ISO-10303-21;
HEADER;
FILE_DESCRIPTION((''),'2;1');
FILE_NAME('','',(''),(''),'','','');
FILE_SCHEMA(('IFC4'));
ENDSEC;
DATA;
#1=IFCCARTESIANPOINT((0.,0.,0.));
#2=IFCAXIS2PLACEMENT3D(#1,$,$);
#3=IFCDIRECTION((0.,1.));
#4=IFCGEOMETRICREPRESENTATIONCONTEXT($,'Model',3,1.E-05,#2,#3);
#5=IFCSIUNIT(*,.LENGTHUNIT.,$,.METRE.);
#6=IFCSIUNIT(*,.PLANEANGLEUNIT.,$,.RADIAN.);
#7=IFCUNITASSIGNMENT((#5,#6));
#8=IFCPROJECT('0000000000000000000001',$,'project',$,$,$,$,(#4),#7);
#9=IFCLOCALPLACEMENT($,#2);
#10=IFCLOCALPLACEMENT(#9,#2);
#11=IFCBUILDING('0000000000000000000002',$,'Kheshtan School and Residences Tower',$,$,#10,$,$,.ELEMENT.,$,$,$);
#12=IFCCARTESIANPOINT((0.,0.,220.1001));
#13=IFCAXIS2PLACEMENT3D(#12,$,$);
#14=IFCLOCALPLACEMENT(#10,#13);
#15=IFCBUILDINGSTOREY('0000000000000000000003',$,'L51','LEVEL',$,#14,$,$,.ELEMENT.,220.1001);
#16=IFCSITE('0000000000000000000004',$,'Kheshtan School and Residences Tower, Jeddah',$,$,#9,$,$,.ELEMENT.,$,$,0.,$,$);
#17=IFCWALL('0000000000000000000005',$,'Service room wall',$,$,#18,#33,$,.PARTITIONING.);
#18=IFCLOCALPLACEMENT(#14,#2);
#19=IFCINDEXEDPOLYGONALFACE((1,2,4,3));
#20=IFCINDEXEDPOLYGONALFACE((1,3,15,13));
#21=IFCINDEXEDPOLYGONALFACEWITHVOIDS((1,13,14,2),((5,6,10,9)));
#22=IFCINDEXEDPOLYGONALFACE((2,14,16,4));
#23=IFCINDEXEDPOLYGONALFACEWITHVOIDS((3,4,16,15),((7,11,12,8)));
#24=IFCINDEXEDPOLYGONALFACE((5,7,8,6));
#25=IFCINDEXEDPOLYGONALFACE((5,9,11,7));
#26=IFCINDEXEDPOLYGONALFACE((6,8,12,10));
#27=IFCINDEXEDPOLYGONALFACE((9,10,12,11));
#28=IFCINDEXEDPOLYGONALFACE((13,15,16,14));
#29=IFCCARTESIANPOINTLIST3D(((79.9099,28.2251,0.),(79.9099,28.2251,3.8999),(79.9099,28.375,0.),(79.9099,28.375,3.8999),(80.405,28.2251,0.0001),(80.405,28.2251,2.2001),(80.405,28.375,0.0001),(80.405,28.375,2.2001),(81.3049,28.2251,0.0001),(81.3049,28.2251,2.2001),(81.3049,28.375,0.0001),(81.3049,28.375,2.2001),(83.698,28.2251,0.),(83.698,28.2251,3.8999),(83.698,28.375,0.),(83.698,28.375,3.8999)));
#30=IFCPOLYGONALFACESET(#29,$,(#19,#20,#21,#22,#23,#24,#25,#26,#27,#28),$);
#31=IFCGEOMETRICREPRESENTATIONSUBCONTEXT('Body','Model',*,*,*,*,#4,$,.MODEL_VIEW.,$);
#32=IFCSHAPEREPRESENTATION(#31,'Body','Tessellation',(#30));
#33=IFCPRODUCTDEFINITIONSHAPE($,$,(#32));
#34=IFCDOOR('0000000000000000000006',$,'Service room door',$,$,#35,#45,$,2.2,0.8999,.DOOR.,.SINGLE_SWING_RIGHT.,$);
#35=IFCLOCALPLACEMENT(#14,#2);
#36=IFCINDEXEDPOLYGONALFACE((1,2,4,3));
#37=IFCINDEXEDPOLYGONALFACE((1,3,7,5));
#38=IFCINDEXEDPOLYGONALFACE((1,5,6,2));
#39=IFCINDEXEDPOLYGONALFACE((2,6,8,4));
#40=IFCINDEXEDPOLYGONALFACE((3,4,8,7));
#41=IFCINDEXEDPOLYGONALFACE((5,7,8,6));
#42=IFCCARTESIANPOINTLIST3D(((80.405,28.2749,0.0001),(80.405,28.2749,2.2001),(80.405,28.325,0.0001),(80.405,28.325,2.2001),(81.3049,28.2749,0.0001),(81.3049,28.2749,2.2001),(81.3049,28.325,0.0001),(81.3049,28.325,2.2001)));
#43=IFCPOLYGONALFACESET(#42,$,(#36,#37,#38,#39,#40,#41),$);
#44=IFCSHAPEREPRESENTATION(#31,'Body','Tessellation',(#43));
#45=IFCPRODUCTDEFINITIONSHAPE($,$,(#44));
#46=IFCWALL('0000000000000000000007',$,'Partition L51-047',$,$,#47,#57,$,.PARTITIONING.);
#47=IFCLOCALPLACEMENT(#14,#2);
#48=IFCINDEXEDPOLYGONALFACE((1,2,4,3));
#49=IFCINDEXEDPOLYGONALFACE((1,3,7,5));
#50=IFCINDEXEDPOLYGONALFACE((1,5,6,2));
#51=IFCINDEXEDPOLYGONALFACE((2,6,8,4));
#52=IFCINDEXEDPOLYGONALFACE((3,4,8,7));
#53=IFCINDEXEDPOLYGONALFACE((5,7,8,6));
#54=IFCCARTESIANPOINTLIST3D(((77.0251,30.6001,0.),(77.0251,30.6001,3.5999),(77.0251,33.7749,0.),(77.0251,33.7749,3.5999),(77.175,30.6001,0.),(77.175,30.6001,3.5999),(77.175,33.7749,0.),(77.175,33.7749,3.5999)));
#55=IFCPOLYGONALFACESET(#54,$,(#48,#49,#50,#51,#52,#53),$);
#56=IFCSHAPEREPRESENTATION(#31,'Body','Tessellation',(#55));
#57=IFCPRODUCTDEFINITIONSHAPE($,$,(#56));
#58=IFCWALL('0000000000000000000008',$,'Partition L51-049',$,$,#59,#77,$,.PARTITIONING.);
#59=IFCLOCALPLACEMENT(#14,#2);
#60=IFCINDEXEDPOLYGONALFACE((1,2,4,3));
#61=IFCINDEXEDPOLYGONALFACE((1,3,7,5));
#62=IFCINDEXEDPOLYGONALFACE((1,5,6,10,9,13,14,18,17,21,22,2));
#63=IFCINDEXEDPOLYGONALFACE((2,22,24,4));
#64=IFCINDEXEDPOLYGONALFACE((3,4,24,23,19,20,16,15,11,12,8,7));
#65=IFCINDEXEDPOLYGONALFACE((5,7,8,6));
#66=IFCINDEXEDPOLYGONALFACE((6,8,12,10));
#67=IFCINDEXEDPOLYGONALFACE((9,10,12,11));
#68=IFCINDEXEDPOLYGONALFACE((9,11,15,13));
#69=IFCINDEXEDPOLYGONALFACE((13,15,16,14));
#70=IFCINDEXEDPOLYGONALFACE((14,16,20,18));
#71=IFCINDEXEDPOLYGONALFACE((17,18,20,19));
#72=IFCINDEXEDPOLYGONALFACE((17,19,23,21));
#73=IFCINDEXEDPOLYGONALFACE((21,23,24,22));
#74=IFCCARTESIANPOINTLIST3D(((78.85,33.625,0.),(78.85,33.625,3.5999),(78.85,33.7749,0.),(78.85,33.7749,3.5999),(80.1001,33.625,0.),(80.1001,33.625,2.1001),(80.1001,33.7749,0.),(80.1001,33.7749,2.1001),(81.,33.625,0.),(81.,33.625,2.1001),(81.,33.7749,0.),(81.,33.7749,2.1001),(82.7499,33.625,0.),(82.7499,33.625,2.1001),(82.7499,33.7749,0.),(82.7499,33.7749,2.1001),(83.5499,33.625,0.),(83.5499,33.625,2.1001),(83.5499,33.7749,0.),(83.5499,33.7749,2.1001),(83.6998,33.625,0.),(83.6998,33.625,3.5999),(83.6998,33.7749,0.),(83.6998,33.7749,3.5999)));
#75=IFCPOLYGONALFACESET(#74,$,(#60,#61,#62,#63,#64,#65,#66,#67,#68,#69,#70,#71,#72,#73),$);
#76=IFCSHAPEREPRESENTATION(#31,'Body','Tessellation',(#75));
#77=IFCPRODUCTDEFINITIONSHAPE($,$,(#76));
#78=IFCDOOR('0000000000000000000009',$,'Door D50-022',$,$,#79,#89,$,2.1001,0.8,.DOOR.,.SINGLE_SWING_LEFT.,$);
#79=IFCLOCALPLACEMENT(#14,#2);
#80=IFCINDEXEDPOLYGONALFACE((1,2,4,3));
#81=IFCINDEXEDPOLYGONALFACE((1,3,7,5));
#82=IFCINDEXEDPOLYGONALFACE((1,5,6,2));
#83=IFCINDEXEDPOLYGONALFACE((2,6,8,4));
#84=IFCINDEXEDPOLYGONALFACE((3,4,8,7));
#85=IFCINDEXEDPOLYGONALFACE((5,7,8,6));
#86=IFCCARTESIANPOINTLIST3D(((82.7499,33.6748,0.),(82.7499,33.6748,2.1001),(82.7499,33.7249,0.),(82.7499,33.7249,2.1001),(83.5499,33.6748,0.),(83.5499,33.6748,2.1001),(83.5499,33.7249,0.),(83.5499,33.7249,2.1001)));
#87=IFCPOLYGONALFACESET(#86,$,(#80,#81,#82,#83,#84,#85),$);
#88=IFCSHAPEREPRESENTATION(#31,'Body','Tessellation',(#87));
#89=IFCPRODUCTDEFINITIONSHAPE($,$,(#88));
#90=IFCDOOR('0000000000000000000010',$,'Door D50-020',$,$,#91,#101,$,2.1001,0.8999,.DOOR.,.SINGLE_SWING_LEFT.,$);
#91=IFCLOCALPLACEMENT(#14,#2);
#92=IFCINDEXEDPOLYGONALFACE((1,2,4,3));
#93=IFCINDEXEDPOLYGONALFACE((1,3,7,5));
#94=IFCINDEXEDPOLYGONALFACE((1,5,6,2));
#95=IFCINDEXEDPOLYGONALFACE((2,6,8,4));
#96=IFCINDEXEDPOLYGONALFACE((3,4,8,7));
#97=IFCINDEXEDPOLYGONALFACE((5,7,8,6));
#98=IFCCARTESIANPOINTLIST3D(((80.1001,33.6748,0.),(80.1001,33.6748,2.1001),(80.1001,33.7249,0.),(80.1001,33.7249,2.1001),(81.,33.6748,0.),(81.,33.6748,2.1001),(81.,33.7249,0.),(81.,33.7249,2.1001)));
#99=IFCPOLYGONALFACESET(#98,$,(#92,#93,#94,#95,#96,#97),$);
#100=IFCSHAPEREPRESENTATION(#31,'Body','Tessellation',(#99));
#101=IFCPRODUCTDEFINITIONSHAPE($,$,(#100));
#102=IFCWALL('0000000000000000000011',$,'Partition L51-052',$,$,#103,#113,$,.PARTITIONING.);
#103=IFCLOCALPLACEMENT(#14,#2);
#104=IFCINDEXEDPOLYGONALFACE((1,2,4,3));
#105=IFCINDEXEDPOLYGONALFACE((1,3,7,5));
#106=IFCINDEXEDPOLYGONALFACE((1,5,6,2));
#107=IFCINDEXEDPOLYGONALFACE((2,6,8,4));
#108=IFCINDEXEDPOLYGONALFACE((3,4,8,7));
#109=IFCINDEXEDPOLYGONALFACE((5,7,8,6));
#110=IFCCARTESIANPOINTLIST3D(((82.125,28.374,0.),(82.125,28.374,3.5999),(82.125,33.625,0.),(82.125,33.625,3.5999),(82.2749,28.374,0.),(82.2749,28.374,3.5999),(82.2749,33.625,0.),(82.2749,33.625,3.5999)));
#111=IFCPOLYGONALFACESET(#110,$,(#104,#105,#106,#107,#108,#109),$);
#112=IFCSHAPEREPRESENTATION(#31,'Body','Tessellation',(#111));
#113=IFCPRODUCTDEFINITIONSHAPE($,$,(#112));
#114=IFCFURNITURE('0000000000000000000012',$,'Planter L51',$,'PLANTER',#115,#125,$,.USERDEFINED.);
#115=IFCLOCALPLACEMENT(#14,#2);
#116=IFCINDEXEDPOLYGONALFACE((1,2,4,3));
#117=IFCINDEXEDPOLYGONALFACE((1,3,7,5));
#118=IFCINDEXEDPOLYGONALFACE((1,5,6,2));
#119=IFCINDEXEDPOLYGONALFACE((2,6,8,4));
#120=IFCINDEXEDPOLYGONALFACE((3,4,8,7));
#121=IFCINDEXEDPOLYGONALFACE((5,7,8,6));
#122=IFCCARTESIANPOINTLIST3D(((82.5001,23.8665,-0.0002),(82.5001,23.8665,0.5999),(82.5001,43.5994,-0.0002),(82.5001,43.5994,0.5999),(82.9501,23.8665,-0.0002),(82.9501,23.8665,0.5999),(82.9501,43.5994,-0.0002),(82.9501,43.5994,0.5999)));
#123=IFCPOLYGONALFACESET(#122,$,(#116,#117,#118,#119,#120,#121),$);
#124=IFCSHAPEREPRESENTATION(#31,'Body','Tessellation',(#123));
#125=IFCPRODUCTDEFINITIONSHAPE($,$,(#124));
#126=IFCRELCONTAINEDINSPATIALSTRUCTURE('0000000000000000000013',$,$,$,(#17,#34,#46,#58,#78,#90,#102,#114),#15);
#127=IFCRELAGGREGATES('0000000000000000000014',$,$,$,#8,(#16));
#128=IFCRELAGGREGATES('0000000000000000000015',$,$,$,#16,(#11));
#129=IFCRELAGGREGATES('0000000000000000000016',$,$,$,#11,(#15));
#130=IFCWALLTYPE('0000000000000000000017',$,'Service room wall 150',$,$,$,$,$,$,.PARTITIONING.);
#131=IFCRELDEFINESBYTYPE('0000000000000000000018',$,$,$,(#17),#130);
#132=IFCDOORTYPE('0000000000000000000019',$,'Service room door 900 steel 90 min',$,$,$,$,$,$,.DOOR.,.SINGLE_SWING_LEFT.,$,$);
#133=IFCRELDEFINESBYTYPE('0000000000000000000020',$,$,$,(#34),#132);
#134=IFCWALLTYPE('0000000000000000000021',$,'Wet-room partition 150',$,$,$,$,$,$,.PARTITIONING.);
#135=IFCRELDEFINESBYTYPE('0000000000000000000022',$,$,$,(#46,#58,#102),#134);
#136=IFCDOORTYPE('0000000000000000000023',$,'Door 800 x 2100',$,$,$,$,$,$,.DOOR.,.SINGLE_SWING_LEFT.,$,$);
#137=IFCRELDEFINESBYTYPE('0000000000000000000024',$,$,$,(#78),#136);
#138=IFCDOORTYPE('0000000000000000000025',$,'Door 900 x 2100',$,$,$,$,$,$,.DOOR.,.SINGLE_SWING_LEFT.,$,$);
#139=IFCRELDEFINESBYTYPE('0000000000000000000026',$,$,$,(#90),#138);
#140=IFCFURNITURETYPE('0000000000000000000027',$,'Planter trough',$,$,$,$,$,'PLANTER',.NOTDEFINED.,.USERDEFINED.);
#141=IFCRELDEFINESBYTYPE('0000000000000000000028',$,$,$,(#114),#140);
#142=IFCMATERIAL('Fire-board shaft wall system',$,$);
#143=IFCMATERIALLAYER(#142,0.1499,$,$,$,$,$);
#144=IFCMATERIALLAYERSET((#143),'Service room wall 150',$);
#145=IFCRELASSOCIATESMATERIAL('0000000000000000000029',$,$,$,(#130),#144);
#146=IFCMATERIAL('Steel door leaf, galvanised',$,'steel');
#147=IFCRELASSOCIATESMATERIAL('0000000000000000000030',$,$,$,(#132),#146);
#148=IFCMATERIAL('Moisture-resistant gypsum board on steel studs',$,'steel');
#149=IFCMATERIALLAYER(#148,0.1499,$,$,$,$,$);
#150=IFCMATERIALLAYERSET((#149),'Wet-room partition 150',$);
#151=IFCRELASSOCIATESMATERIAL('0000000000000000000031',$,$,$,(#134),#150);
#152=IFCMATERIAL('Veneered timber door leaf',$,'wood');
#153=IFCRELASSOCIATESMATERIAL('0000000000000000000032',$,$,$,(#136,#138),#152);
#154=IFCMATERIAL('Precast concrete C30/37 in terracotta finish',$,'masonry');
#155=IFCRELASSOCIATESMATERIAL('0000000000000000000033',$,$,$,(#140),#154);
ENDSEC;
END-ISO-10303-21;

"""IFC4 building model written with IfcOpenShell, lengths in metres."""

from ifc_helpers import new_model, si_unit, direction, frame, frame_2d, origin, origin_2d, place, context, subcontext, project, spatial, rectangle, extrude, source, transform, mapped, material, layer, layer_set, type_object, element, fill, save


model = new_model("IFC4")

# Units and contexts
model_context = context("Model", 3, precision=1e-05, world=origin(), true_north=direction((0.0, 1.0)))
body_context = subcontext(model_context, "Body", "Model", "MODEL_VIEW")
ifc_project = project(units=[si_unit("LENGTHUNIT", "METRE"), si_unit("PLANEANGLEUNIT", "RADIAN")], contexts=[model_context])

# Site, building, storey
site_placement = place(None, origin())
site = spatial("IfcSite", under=ifc_project, at=site_placement, Name="Kheshtan School and Residences Tower, Jeddah", CompositionType="ELEMENT", RefElevation=0.0)
building_placement = place(site_placement, origin())
building = spatial("IfcBuilding", under=site, at=building_placement, Name="Kheshtan School and Residences Tower", CompositionType="ELEMENT")
storey_placement = place(building_placement, frame((0.0, 0.0, 220.1001)))
storey = spatial("IfcBuildingStorey", under=building, at=storey_placement, Name="L51", Description="LEVEL", CompositionType="ELEMENT", Elevation=220.1001)

# Wall, opening, door
ifc_material_1 = material(Name="Fire-board shaft wall system")
ifc_layer_1 = layer(ifc_material_1, 0.1499)
ifc_layer_set_1 = layer_set([ifc_layer_1], Name="Service room wall 150")
wall_type_1 = type_object("IfcWallType", Name="Service room wall 150", PredefinedType="PARTITIONING", material=ifc_layer_set_1)
wall_1_placement = place(storey_placement, frame((79.9099, 28.3, 0.0), z_axis=(0.0, 0.0, 1.0), x_axis=(1.0, 0.0, 0.0)))
wall_1 = element("IfcWall", 1, at=wall_1_placement, inside=storey, type_object=wall_type_1, Name="Service room wall", PredefinedType="PARTITIONING", context=body_context, shape_type="SweptSolid", body=[
    extrude(rectangle(XDim=3.7881, YDim=0.1499, at=frame_2d((1.894, 0.0))), origin(), (0.0, 0.0, 1.0), 3.8999),
])
opening_1_placement = place(wall_1_placement, frame((0.4951, 0.0, 0.0)))
opening_1 = element("IfcOpeningElement", 2, at=opening_1_placement, cuts=wall_1, PredefinedType="OPENING", context=body_context, shape_type="SweptSolid", body=[
    extrude(rectangle(XDim=0.8999, YDim=2.2, at=frame_2d((0.45, 1.1001))), frame((0.0, 0.085, 0.0), z_axis=(0.0, -1.0, 0.0), x_axis=(1.0, 0.0, 0.0)), (0.0, 0.0, 1.0), 0.1699),
])
ifc_material_2 = material(Name="Steel door leaf, galvanised", Category="steel")
door_type_1 = type_object("IfcDoorType", Name="Service room door 900 steel 90 min", OperationType="SINGLE_SWING_LEFT", PredefinedType="DOOR", material=ifc_material_2)
shared_shape_1 = source(origin(), body_context, "Body", "SweptSolid", [
    extrude(rectangle(XDim=0.8999, YDim=2.2, at=frame_2d((0.45, 1.1001))), frame((0.0, 0.0249, 0.0), z_axis=(0.0, -1.0, 0.0), x_axis=(1.0, 0.0, 0.0)), (0.0, 0.0, 1.0), 0.05),
])
door_1_placement = place(opening_1_placement, origin())
door_1 = element("IfcDoor", 3, at=door_1_placement, inside=storey, type_object=door_type_1, Name="Service room door", OperationType="SINGLE_SWING_RIGHT", OverallHeight=2.2, OverallWidth=0.8999, PredefinedType="DOOR", context=body_context, shape_type="MappedRepresentation", body=[
    mapped(shared_shape_1, transform((0.0, 0.0, 0.0), x_axis=(1.0, 0.0, 0.0), y_axis=(0.0, 1.0, 0.0), z_axis=(0.0, 0.0, 1.0), scale=1.0)),
])
fill(opening_1, door_1)

# Wall
ifc_material_3 = material(Name="Moisture-resistant gypsum board on steel studs", Category="steel")
ifc_layer_2 = layer(ifc_material_3, 0.1499)
ifc_layer_set_2 = layer_set([ifc_layer_2], Name="Wet-room partition 150")
wall_type_2 = type_object("IfcWallType", Name="Wet-room partition 150", PredefinedType="PARTITIONING", material=ifc_layer_set_2)
wall_2_placement = place(storey_placement, frame((77.1001, 30.6001, 0.0), z_axis=(0.0, 0.0, 1.0), x_axis=(0.0, 1.0, 0.0)))
element("IfcWall", 4, at=wall_2_placement, inside=storey, type_object=wall_type_2, Name="Partition L51-047", PredefinedType="PARTITIONING", context=body_context, shape_type="SweptSolid", body=[
    extrude(rectangle(XDim=3.1748, YDim=0.1499, at=frame_2d((1.5874, 0.0))), origin(), (0.0, 0.0, 1.0), 3.5999),
])

# Wall, openings, doors
wall_3_placement = place(storey_placement, frame((78.8501, 33.7, 0.0), z_axis=(0.0, 0.0, 1.0), x_axis=(1.0, 0.0, 0.0)))
wall_3 = element("IfcWall", 5, at=wall_3_placement, inside=storey, type_object=wall_type_2, Name="Partition L51-049", PredefinedType="PARTITIONING", context=body_context, shape_type="SweptSolid", body=[
    extrude(rectangle(XDim=4.8499, YDim=0.1499, at=frame_2d((2.4248, 0.0))), origin(), (0.0, 0.0, 1.0), 3.5999),
])
opening_2_placement = place(wall_3_placement, frame((1.25, 0.0, 0.0)))
opening_2 = element("IfcOpeningElement", 6, at=opening_2_placement, cuts=wall_3, PredefinedType="OPENING", context=body_context, shape_type="SweptSolid", body=[
    extrude(rectangle(XDim=0.8999, YDim=2.1001, at=frame_2d((0.45, 1.05))), frame((0.0, 0.085, 0.0), z_axis=(0.0, -1.0, 0.0), x_axis=(1.0, 0.0, 0.0)), (0.0, 0.0, 1.0), 0.1699),
])
opening_3_placement = place(wall_3_placement, frame((3.8999, 0.0, 0.0)))
opening_3 = element("IfcOpeningElement", 7, at=opening_3_placement, cuts=wall_3, PredefinedType="OPENING", context=body_context, shape_type="SweptSolid", body=[
    extrude(rectangle(XDim=0.8, YDim=2.1001, at=frame_2d((0.3999, 1.05))), frame((0.0, 0.085, 0.0), z_axis=(0.0, -1.0, 0.0), x_axis=(1.0, 0.0, 0.0)), (0.0, 0.0, 1.0), 0.1699),
])
ifc_material_4 = material(Name="Veneered timber door leaf", Category="wood")
door_type_2 = type_object("IfcDoorType", Name="Door 800 x 2100", OperationType="SINGLE_SWING_LEFT", PredefinedType="DOOR", material=ifc_material_4)
shared_shape_2 = source(origin(), body_context, "Body", "SweptSolid", [
    extrude(rectangle(XDim=0.8, YDim=2.1001, at=frame_2d((0.3999, 1.05))), frame((0.0, 0.0249, 0.0), z_axis=(0.0, -1.0, 0.0), x_axis=(1.0, 0.0, 0.0)), (0.0, 0.0, 1.0), 0.05),
])
door_2_placement = place(opening_3_placement, origin())
door_2 = element("IfcDoor", 8, at=door_2_placement, inside=storey, type_object=door_type_2, Name="Door D50-022", OperationType="SINGLE_SWING_LEFT", OverallHeight=2.1001, OverallWidth=0.8, PredefinedType="DOOR", context=body_context, shape_type="MappedRepresentation", body=[
    mapped(shared_shape_2, transform((0.0, 0.0, 0.0), x_axis=(1.0, 0.0, 0.0), y_axis=(0.0, 1.0, 0.0), z_axis=(0.0, 0.0, 1.0), scale=1.0)),
])
fill(opening_3, door_2)
door_type_3 = type_object("IfcDoorType", Name="Door 900 x 2100", OperationType="SINGLE_SWING_LEFT", PredefinedType="DOOR", material=ifc_material_4)
shared_shape_3 = source(origin(), body_context, "Body", "SweptSolid", [
    extrude(rectangle(XDim=0.8999, YDim=2.1001, at=frame_2d((0.45, 1.05))), frame((0.0, 0.0249, 0.0), z_axis=(0.0, -1.0, 0.0), x_axis=(1.0, 0.0, 0.0)), (0.0, 0.0, 1.0), 0.05),
])
door_3_placement = place(opening_2_placement, origin())
door_3 = element("IfcDoor", 9, at=door_3_placement, inside=storey, type_object=door_type_3, Name="Door D50-020", OperationType="SINGLE_SWING_LEFT", OverallHeight=2.1001, OverallWidth=0.8999, PredefinedType="DOOR", context=body_context, shape_type="MappedRepresentation", body=[
    mapped(shared_shape_3, transform((0.0, 0.0, 0.0), x_axis=(1.0, 0.0, 0.0), y_axis=(0.0, 1.0, 0.0), z_axis=(0.0, 0.0, 1.0), scale=1.0)),
])
fill(opening_2, door_3)

# Wall
wall_4_placement = place(storey_placement, frame((82.2, 28.374, 0.0), z_axis=(0.0, 0.0, 1.0), x_axis=(0.0, 1.0, 0.0)))
element("IfcWall", 10, at=wall_4_placement, inside=storey, type_object=wall_type_2, Name="Partition L51-052", PredefinedType="PARTITIONING", context=body_context, shape_type="SweptSolid", body=[
    extrude(rectangle(XDim=5.251, YDim=0.1499, at=frame_2d((2.6255, 0.0))), origin(), (0.0, 0.0, 1.0), 3.5999),
])

# Furniture
ifc_material_5 = material(Name="Precast concrete C30/37 in terracotta finish", Category="masonry")
furniture_type = type_object("IfcFurnitureType", Name="Planter trough", ElementType="PLANTER", AssemblyPlace="NOTDEFINED", PredefinedType="USERDEFINED", material=ifc_material_5)
furniture_placement = place(storey_placement, frame((82.7251, 33.7329, -0.0002), z_axis=(0.0, 0.0, 1.0), x_axis=(0.0, -1.0, 0.0)))
element("IfcFurniture", 11, at=furniture_placement, inside=storey, type_object=furniture_type, Name="Planter L51", ObjectType="PLANTER", PredefinedType="USERDEFINED", context=body_context, shape_type="SweptSolid", body=[
    extrude(rectangle(XDim=19.7329, YDim=0.45, at=origin_2d()), origin(), (0.0, 0.0, 1.0), 0.6001),
])

save(model, "model.ifc")
